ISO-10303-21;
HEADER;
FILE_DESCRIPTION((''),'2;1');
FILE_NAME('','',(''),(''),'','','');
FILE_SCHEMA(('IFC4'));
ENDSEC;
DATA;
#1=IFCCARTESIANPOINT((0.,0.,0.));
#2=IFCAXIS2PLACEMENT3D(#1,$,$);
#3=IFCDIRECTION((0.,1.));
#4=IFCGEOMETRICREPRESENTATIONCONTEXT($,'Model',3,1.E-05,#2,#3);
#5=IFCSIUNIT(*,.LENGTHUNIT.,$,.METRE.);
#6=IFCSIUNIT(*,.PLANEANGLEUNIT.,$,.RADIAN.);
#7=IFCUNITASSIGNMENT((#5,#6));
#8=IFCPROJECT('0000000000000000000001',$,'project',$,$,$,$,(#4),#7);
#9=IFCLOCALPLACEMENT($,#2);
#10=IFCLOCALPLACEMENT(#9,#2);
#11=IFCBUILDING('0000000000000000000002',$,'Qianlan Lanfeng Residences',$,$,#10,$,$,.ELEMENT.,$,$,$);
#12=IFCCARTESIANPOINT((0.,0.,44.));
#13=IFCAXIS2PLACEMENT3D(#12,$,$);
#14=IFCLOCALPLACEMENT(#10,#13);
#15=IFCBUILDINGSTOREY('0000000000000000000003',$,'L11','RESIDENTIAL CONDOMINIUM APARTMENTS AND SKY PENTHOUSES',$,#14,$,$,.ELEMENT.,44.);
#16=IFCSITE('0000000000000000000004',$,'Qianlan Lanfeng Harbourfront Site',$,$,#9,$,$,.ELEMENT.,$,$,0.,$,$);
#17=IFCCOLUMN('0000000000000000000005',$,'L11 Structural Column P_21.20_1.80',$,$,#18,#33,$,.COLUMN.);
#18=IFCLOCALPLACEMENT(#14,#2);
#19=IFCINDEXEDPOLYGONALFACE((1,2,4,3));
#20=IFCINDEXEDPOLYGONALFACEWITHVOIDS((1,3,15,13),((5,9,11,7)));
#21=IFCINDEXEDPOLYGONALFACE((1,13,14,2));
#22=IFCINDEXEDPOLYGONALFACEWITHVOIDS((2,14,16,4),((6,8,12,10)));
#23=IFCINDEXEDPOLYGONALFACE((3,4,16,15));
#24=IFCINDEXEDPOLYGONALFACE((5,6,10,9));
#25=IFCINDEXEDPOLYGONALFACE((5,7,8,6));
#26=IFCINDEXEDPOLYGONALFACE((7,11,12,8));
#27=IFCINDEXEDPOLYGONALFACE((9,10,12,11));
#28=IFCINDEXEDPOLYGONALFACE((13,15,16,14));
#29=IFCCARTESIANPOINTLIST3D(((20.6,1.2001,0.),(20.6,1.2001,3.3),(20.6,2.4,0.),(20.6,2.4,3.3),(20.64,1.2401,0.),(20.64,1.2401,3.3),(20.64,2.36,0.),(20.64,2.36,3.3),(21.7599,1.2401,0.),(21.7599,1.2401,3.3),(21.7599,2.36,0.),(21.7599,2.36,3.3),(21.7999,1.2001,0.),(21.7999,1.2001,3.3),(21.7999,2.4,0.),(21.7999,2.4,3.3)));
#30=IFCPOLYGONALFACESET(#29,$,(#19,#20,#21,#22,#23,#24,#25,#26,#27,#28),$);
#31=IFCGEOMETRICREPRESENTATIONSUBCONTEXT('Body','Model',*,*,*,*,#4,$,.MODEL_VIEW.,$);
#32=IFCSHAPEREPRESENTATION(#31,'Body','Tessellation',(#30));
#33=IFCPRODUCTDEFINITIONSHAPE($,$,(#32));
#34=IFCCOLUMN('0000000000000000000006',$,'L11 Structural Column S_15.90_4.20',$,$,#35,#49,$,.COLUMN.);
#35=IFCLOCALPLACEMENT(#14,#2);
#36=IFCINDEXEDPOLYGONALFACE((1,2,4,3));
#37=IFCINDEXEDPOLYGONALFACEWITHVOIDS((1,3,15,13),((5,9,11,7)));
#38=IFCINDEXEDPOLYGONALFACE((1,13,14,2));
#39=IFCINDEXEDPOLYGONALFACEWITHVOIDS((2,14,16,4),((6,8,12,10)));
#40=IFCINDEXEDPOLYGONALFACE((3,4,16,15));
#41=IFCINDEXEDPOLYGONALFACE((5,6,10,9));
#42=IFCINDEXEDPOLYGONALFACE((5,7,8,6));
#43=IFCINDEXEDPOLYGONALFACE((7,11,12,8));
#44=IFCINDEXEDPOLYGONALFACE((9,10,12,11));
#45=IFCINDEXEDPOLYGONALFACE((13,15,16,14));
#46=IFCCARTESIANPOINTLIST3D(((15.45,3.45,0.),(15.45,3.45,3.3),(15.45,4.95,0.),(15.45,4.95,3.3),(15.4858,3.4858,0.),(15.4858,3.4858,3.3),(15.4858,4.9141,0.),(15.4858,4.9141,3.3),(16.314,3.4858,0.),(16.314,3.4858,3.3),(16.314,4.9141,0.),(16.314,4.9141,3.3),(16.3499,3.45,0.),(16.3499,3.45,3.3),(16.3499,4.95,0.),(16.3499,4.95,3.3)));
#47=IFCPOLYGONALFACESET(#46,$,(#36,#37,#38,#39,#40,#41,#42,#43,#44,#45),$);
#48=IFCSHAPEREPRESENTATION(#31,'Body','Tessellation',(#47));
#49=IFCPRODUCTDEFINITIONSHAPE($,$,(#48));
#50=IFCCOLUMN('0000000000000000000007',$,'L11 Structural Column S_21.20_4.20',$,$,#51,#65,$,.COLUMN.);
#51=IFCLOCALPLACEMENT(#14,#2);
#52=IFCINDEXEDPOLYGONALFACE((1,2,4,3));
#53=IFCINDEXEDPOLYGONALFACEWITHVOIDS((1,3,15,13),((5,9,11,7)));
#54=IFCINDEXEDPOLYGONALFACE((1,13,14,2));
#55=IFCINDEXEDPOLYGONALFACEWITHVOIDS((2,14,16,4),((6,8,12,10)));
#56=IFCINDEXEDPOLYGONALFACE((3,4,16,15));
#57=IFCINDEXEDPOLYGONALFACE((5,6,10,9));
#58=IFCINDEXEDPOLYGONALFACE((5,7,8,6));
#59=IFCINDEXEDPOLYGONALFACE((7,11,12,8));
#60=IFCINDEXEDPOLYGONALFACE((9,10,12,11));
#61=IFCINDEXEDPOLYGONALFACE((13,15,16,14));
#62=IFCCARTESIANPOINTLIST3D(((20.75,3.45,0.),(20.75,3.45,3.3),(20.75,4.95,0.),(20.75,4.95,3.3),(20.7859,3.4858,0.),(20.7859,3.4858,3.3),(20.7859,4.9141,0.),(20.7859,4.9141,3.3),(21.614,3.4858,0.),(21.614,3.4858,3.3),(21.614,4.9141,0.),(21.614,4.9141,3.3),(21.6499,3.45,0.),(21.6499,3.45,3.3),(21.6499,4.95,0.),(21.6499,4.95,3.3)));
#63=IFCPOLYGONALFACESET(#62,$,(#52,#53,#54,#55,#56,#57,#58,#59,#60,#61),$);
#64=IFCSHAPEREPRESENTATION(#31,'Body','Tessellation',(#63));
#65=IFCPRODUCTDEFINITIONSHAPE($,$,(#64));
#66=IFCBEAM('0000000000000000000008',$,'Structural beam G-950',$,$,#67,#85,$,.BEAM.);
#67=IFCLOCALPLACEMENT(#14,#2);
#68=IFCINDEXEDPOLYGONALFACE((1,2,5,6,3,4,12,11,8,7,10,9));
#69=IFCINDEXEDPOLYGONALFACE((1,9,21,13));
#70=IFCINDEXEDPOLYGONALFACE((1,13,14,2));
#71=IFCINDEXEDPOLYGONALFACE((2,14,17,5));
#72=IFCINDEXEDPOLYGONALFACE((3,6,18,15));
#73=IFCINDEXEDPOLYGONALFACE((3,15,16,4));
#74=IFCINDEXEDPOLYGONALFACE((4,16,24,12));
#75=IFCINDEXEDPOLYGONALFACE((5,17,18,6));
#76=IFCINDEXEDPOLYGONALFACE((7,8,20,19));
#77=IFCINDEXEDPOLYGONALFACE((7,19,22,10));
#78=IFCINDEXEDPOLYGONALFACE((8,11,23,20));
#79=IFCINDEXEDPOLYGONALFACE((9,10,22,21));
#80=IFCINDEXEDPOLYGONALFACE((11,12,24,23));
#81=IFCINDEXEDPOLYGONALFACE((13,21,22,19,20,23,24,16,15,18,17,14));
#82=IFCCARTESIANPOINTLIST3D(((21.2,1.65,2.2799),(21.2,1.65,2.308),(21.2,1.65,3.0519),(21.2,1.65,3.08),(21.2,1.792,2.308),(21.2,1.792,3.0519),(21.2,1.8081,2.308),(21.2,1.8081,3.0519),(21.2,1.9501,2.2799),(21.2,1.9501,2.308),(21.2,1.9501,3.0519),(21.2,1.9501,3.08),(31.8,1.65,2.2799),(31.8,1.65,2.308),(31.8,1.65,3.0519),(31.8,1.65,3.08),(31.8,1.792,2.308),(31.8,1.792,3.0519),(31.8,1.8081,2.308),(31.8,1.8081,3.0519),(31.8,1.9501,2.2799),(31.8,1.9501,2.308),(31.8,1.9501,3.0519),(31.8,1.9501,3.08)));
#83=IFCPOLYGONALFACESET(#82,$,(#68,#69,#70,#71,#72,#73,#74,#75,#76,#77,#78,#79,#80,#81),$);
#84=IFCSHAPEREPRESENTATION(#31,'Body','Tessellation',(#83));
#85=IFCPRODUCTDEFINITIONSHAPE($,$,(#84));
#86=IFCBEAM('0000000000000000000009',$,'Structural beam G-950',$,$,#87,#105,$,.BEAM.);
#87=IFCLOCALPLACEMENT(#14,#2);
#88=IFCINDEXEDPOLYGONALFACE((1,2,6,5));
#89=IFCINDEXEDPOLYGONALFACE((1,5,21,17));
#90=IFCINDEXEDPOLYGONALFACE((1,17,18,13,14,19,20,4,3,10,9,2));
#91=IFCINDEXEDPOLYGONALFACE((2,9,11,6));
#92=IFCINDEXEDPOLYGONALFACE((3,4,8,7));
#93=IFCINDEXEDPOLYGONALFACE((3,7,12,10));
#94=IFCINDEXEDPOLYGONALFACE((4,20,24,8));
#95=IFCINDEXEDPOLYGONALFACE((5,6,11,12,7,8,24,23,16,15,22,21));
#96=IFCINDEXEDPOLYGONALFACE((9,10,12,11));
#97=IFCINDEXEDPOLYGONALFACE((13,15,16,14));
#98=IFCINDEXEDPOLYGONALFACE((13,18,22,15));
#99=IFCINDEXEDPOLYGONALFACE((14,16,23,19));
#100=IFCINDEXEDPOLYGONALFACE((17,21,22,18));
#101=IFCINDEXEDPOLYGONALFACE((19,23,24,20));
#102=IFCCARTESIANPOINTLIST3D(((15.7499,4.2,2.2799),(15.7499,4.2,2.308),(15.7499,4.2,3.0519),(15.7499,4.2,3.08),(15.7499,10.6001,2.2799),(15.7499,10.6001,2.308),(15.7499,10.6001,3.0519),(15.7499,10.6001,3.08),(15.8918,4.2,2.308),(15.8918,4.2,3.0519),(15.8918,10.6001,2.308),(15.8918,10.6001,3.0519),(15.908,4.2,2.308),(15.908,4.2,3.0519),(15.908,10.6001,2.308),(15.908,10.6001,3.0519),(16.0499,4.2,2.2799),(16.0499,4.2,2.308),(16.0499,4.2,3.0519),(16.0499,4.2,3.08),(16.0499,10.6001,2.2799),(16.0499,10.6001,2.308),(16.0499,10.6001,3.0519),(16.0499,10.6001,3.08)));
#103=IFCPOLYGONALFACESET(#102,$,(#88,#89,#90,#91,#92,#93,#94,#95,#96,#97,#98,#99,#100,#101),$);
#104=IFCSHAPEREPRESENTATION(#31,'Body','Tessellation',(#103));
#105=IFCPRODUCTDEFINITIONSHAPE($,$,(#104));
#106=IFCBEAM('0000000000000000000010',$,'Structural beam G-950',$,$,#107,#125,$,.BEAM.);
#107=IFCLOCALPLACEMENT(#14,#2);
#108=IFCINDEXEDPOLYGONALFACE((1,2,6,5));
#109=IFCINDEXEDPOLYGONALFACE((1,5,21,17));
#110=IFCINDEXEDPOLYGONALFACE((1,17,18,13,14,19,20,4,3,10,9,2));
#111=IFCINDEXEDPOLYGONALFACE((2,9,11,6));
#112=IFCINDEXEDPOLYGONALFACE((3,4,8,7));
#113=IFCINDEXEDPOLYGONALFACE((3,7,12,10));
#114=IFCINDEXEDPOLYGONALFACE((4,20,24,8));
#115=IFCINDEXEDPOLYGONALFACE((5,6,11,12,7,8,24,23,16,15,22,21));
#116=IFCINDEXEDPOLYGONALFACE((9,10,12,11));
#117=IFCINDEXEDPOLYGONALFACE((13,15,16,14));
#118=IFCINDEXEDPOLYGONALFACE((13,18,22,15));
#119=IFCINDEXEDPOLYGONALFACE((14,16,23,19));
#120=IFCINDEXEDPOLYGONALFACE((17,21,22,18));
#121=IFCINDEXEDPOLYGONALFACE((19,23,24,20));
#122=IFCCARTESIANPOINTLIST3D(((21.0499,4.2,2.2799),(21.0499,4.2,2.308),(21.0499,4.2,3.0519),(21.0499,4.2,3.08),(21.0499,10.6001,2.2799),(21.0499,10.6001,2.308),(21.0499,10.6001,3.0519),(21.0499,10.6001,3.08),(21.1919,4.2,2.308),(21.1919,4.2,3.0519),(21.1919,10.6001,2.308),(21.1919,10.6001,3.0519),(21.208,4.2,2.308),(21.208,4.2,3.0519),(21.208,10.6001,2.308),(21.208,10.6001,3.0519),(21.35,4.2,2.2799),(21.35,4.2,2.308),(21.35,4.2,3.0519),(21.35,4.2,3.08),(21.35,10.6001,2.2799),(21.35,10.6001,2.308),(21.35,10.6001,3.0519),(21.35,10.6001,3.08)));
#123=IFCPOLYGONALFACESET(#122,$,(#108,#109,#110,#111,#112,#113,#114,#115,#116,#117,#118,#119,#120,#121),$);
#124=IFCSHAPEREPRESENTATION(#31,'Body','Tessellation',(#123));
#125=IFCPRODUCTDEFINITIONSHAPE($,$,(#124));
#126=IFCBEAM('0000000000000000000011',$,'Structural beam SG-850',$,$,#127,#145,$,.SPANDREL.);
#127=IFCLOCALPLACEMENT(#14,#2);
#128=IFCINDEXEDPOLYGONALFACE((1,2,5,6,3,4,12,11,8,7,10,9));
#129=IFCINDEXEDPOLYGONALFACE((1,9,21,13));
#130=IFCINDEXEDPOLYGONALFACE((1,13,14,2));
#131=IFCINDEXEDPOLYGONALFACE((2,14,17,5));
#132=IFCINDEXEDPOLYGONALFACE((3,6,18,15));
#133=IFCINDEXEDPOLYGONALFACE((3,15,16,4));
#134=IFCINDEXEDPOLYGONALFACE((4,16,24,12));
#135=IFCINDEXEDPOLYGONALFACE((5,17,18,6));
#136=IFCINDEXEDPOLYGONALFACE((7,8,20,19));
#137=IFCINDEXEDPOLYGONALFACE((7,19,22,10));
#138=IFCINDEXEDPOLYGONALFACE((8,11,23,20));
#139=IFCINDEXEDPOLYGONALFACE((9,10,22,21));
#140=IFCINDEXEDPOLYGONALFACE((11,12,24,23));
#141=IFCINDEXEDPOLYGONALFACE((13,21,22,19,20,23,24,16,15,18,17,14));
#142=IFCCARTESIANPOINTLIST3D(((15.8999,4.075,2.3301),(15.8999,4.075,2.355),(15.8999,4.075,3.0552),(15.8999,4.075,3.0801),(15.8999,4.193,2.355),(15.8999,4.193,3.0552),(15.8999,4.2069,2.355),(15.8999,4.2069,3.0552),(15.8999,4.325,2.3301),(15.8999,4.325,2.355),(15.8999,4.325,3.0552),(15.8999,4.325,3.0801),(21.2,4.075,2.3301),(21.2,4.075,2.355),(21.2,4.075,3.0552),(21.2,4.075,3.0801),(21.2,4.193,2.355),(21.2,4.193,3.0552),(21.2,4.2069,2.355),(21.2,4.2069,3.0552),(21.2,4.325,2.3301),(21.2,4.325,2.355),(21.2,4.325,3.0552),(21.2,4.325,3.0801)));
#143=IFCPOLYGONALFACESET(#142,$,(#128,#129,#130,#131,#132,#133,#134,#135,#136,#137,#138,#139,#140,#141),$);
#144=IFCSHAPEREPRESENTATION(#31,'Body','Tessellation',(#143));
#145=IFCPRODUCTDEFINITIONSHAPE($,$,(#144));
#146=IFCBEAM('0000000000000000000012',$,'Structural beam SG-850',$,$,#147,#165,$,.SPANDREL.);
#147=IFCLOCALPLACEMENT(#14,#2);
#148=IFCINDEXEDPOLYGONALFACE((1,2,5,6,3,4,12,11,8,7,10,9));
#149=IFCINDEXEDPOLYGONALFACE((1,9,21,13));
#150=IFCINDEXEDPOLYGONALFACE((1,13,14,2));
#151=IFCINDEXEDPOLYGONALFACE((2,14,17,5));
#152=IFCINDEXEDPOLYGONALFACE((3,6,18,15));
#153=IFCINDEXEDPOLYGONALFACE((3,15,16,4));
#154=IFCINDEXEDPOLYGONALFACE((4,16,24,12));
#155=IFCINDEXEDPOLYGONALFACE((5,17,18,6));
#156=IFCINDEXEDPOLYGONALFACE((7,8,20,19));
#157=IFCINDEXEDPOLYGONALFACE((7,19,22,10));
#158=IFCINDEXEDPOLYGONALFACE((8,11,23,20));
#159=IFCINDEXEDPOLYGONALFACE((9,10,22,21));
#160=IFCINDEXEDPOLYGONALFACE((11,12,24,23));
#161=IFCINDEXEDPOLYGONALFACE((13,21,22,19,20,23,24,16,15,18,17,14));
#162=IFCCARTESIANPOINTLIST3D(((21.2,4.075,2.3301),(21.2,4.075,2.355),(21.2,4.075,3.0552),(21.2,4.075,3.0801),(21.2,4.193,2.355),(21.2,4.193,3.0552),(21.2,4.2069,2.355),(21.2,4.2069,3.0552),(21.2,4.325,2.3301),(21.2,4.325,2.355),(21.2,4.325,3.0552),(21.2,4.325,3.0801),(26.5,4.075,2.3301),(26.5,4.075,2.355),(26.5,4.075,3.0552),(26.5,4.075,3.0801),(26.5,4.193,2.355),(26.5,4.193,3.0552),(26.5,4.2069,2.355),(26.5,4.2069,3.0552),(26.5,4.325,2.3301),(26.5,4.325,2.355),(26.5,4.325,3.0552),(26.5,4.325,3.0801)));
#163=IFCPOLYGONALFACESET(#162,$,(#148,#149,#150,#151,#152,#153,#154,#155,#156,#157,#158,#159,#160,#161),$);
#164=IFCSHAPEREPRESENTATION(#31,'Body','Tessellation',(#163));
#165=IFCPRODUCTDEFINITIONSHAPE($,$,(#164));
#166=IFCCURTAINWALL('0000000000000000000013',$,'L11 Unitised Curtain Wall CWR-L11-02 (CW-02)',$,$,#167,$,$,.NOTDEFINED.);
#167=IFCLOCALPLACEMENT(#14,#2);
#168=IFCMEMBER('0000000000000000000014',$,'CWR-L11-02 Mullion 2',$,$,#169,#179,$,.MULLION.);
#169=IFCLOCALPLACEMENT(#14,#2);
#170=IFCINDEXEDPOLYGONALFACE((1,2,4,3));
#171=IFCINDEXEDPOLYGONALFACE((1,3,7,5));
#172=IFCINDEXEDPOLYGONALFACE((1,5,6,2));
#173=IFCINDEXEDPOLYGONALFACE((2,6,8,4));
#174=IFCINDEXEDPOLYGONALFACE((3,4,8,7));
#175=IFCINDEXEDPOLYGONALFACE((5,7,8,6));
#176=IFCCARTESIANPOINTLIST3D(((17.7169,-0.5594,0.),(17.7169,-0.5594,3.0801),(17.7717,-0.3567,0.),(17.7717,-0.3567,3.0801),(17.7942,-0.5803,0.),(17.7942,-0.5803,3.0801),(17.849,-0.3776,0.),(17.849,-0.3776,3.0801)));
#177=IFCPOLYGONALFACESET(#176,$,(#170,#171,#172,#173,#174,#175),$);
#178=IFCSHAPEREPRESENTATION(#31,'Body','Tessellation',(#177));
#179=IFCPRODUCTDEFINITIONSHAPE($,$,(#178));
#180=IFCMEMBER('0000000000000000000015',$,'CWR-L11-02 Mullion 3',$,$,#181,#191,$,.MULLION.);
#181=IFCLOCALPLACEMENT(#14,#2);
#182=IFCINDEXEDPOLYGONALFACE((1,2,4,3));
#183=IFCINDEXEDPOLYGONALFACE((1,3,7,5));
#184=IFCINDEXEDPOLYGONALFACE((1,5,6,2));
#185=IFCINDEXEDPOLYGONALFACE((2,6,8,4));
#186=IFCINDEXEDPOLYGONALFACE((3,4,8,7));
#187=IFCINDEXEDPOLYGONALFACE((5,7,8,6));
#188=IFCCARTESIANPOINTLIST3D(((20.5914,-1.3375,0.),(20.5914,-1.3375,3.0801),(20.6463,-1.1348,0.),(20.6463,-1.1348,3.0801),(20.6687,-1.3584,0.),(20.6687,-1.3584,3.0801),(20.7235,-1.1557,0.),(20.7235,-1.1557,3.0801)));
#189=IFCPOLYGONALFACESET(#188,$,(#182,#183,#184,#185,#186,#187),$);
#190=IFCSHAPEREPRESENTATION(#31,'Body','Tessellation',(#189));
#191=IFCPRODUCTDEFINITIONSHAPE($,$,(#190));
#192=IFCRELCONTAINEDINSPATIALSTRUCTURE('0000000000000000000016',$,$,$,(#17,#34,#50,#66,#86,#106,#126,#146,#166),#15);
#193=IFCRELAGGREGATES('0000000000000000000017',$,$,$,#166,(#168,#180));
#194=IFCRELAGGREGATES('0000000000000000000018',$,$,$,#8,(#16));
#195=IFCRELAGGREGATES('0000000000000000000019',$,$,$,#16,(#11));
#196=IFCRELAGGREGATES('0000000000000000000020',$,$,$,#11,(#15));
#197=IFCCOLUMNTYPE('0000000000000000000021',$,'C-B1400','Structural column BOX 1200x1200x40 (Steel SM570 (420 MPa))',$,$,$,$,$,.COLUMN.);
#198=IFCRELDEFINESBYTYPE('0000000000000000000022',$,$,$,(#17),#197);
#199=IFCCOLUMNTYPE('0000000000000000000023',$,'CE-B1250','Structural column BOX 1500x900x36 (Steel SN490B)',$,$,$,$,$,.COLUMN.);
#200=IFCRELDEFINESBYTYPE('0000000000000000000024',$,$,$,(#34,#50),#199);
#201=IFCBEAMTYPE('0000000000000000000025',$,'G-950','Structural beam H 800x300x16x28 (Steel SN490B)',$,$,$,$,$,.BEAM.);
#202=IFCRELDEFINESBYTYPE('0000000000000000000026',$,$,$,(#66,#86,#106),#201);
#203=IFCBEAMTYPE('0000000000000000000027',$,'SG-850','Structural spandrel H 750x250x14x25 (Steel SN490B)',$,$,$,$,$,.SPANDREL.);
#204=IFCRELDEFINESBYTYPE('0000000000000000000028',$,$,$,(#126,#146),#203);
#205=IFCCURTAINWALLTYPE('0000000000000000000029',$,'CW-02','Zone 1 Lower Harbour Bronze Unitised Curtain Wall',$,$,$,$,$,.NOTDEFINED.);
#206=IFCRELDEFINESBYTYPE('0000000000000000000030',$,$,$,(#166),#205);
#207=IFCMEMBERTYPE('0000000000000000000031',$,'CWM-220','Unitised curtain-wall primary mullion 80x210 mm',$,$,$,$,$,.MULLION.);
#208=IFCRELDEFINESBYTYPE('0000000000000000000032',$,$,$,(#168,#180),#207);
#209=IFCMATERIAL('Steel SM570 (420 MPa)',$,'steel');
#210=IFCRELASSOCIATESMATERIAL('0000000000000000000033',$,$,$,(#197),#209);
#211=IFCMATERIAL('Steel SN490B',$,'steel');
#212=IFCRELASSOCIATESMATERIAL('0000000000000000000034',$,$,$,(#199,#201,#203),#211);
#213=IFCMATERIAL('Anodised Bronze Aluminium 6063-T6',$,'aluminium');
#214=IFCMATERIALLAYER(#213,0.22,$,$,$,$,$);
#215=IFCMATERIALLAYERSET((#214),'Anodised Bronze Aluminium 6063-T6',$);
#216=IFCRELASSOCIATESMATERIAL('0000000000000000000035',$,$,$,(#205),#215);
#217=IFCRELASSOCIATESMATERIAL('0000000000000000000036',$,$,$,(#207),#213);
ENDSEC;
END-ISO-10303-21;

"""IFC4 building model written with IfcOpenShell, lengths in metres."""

from ifc_helpers import new_model, si_unit, direction, frame, origin, origin_2d, place, context, subcontext, project, spatial, rectangle, hollow_rectangle, i_section, extrude, source, transform, mapped, material, layer, layer_set, material_profile, profile_set, type_object, element, aggregate, save


model = new_model("IFC4")

# Units and contexts
model_context = context("Model", 3, precision=1e-05, world=origin(), true_north=direction((0.0, 1.0)))
body_context = subcontext(model_context, "Body", "Model", "MODEL_VIEW")
ifc_project = project(units=[si_unit("LENGTHUNIT", "METRE"), si_unit("PLANEANGLEUNIT", "RADIAN")], contexts=[model_context])

# Site, building, storey
site_placement = place(None, origin())
site = spatial("IfcSite", under=ifc_project, at=site_placement, Name="Qianlan Lanfeng Harbourfront Site", CompositionType="ELEMENT", RefElevation=0.0)
building_placement = place(site_placement, origin())
building = spatial("IfcBuilding", under=site, at=building_placement, Name="Qianlan Lanfeng Residences", CompositionType="ELEMENT")
storey_placement = place(building_placement, frame((0.0, 0.0, 44.0)))
storey = spatial("IfcBuildingStorey", under=building, at=storey_placement, Name="L11", Description="RESIDENTIAL CONDOMINIUM APARTMENTS AND SKY PENTHOUSES", CompositionType="ELEMENT", Elevation=44.0)

# Columns
ifc_material_1 = material(Name="Steel SM570 (420 MPa)", Category="steel")
ifc_material_profile_1 = material_profile(ifc_material_1, hollow_rectangle(XDim=1.2, YDim=1.2, WallThickness=0.04, at=origin_2d()), Name="BOX 1200x1200x40")
ifc_profile_set_1 = profile_set([ifc_material_profile_1], Name="Steel SM570 (420 MPa)")
column_type_1 = type_object("IfcColumnType", Name="C-B1400", Description="Structural column BOX 1200x1200x40 (Steel SM570 (420 MPa))", PredefinedType="COLUMN", material=ifc_profile_set_1)
column_placement = place(storey_placement, frame((21.2, 1.8, 0.0), z_axis=(0.0, 0.0, 1.0), x_axis=(1.0, 0.0, 0.0)))
element("IfcColumn", 1, at=column_placement, inside=storey, type_object=column_type_1, Name="L11 Structural Column P_21.20_1.80", PredefinedType="COLUMN", context=body_context, shape_type="SweptSolid", body=[
    extrude(hollow_rectangle(XDim=1.2, YDim=1.2, WallThickness=0.04, at=origin_2d()), origin(), (0.0, 0.0, 1.0), 3.3),
])
ifc_material_2 = material(Name="Steel SN490B", Category="steel")
ifc_material_profile_2 = material_profile(ifc_material_2, hollow_rectangle(XDim=0.8999, YDim=1.5, WallThickness=0.0359, at=origin_2d()), Name="BOX 1500x900x36")
ifc_profile_set_2 = profile_set([ifc_material_profile_2], Name="Steel SN490B")
column_type_2 = type_object("IfcColumnType", Name="CE-B1250", Description="Structural column BOX 1500x900x36 (Steel SN490B)", PredefinedType="COLUMN", material=ifc_profile_set_2)
for number, where, z_axis, x_axis, name in (
    (2, (15.8999, 4.2, 0.0), (0.0, 0.0, 1.0), (1.0, 0.0, 0.0), "L11 Structural Column S_15.90_4.20"),
    (3, (21.2, 4.2, 0.0), (0.0, 0.0, 1.0), (1.0, 0.0, 0.0), "L11 Structural Column S_21.20_4.20"),
):
    element("IfcColumn", number, at=place(storey_placement, frame(where, z_axis=z_axis, x_axis=x_axis)), inside=storey, type_object=column_type_2, Name=name, PredefinedType="COLUMN", context=body_context, shape_type="SweptSolid", body=[
        extrude(hollow_rectangle(XDim=0.8999, YDim=1.5, WallThickness=0.0359, at=origin_2d()), origin(), (0.0, 0.0, 1.0), 3.3),
    ])

# Beams
ifc_material_profile_3 = material_profile(ifc_material_2, i_section(OverallWidth=0.3, OverallDepth=0.8, WebThickness=0.0161, FlangeThickness=0.0281, at=origin_2d()), Name="H 800x300x16x28")
ifc_profile_set_3 = profile_set([ifc_material_profile_3], Name="Steel SN490B")
beam_type_1 = type_object("IfcBeamType", Name="G-950", Description="Structural beam H 800x300x16x28 (Steel SN490B)", PredefinedType="BEAM", material=ifc_profile_set_3)
beam_placement = place(storey_placement, frame((21.2, 1.8, 2.6799), z_axis=(1.0, 0.0, 0.0), x_axis=(0.0, 1.0, 0.0)))
element("IfcBeam", 4, at=beam_placement, inside=storey, type_object=beam_type_1, Name="Structural beam G-950", PredefinedType="BEAM", context=body_context, shape_type="SweptSolid", body=[
    extrude(i_section(OverallWidth=0.3, OverallDepth=0.8, WebThickness=0.0161, FlangeThickness=0.0281, at=origin_2d()), origin(), (0.0, 0.0, 1.0), 10.6001),
])
for number, where, z_axis, x_axis, name in (
    (5, (15.8999, 4.2, 2.6799), (0.0, 1.0, 0.0), (-1.0, 0.0, 0.0), "Structural beam G-950"),
    (6, (21.2, 4.2, 2.6799), (0.0, 1.0, 0.0), (-1.0, 0.0, 0.0), "Structural beam G-950"),
):
    element("IfcBeam", number, at=place(storey_placement, frame(where, z_axis=z_axis, x_axis=x_axis)), inside=storey, type_object=beam_type_1, Name=name, PredefinedType="BEAM", context=body_context, shape_type="SweptSolid", body=[
        extrude(i_section(OverallWidth=0.3, OverallDepth=0.8, WebThickness=0.0161, FlangeThickness=0.0281, at=origin_2d()), origin(), (0.0, 0.0, 1.0), 6.4001),
    ])
ifc_material_profile_4 = material_profile(ifc_material_2, i_section(OverallWidth=0.25, OverallDepth=0.75, WebThickness=0.0139, FlangeThickness=0.0249, at=origin_2d()), Name="H 750x250x14x25")
ifc_profile_set_4 = profile_set([ifc_material_profile_4], Name="Steel SN490B")
beam_type_2 = type_object("IfcBeamType", Name="SG-850", Description="Structural spandrel H 750x250x14x25 (Steel SN490B)", PredefinedType="SPANDREL", material=ifc_profile_set_4)
for number, where, z_axis, x_axis, name in (
    (7, (15.8999, 4.2, 2.7051), (1.0, 0.0, 0.0), (0.0, 1.0, 0.0), "Structural beam SG-850"),
    (8, (21.2, 4.2, 2.7051), (1.0, 0.0, 0.0), (0.0, 1.0, 0.0), "Structural beam SG-850"),
):
    element("IfcBeam", number, at=place(storey_placement, frame(where, z_axis=z_axis, x_axis=x_axis)), inside=storey, type_object=beam_type_2, Name=name, PredefinedType="SPANDREL", context=body_context, shape_type="SweptSolid", body=[
        extrude(i_section(OverallWidth=0.25, OverallDepth=0.75, WebThickness=0.0139, FlangeThickness=0.0249, at=origin_2d()), origin(), (0.0, 0.0, 1.0), 5.3),
    ])

# Curtain wall, members
ifc_material_3 = material(Name="Anodised Bronze Aluminium 6063-T6", Category="aluminium")
ifc_layer_1 = layer(ifc_material_3, 0.22)
ifc_layer_set_1 = layer_set([ifc_layer_1], Name="Anodised Bronze Aluminium 6063-T6")
curtain_wall_type = type_object("IfcCurtainWallType", Name="CW-02", Description="Zone 1 Lower Harbour Bronze Unitised Curtain Wall", PredefinedType="NOTDEFINED", material=ifc_layer_set_1)
curtain_wall_placement = place(storey_placement, origin())
curtain_wall = element("IfcCurtainWall", 9, at=curtain_wall_placement, inside=storey, type_object=curtain_wall_type, Name="L11 Unitised Curtain Wall CWR-L11-02 (CW-02)", PredefinedType="NOTDEFINED")
ifc_material_profile_5 = material_profile(ifc_material_3, rectangle(XDim=0.0801, YDim=0.21, at=origin_2d()), Name="ALU MULLION 80x210")
ifc_profile_set_5 = profile_set([ifc_material_profile_5], Name="Anodised Bronze Aluminium 6063-T6")
member_type_1 = type_object("IfcMemberType", Name="CWM-220", Description="Unitised curtain-wall primary mullion 80x210 mm", PredefinedType="MULLION", material=ifc_profile_set_5)
shared_shape_1 = source(origin(), body_context, "Body", "SweptSolid", [
    extrude(rectangle(XDim=0.0801, YDim=0.21, at=origin_2d()), origin(), (0.0, 0.0, 1.0), 3.0801),
])
member_1_placement = place(storey_placement, frame((17.783, -0.4685, 0.0), z_axis=(0.0, 0.0, 1.0), x_axis=(0.965263, -0.261281, 0.0)))
member_1 = element("IfcMember", 10, at=member_1_placement, type_object=member_type_1, Name="CWR-L11-02 Mullion 2", PredefinedType="MULLION", context=body_context, shape_type="MappedRepresentation", body=[
    mapped(shared_shape_1, transform((0.0, 0.0, 0.0), scale=1.0)),
])
member_2_placement = place(storey_placement, frame((20.6575, -1.2466, 0.0), z_axis=(0.0, 0.0, 1.0), x_axis=(0.965263, -0.261281, 0.0)))
member_2 = element("IfcMember", 11, at=member_2_placement, type_object=member_type_1, Name="CWR-L11-02 Mullion 3", PredefinedType="MULLION", context=body_context, shape_type="MappedRepresentation", body=[
    mapped(shared_shape_1, transform((0.0, 0.0, 0.0), scale=1.0)),
])
aggregate(curtain_wall, [member_1, member_2])

save(model, "model.ifc")
